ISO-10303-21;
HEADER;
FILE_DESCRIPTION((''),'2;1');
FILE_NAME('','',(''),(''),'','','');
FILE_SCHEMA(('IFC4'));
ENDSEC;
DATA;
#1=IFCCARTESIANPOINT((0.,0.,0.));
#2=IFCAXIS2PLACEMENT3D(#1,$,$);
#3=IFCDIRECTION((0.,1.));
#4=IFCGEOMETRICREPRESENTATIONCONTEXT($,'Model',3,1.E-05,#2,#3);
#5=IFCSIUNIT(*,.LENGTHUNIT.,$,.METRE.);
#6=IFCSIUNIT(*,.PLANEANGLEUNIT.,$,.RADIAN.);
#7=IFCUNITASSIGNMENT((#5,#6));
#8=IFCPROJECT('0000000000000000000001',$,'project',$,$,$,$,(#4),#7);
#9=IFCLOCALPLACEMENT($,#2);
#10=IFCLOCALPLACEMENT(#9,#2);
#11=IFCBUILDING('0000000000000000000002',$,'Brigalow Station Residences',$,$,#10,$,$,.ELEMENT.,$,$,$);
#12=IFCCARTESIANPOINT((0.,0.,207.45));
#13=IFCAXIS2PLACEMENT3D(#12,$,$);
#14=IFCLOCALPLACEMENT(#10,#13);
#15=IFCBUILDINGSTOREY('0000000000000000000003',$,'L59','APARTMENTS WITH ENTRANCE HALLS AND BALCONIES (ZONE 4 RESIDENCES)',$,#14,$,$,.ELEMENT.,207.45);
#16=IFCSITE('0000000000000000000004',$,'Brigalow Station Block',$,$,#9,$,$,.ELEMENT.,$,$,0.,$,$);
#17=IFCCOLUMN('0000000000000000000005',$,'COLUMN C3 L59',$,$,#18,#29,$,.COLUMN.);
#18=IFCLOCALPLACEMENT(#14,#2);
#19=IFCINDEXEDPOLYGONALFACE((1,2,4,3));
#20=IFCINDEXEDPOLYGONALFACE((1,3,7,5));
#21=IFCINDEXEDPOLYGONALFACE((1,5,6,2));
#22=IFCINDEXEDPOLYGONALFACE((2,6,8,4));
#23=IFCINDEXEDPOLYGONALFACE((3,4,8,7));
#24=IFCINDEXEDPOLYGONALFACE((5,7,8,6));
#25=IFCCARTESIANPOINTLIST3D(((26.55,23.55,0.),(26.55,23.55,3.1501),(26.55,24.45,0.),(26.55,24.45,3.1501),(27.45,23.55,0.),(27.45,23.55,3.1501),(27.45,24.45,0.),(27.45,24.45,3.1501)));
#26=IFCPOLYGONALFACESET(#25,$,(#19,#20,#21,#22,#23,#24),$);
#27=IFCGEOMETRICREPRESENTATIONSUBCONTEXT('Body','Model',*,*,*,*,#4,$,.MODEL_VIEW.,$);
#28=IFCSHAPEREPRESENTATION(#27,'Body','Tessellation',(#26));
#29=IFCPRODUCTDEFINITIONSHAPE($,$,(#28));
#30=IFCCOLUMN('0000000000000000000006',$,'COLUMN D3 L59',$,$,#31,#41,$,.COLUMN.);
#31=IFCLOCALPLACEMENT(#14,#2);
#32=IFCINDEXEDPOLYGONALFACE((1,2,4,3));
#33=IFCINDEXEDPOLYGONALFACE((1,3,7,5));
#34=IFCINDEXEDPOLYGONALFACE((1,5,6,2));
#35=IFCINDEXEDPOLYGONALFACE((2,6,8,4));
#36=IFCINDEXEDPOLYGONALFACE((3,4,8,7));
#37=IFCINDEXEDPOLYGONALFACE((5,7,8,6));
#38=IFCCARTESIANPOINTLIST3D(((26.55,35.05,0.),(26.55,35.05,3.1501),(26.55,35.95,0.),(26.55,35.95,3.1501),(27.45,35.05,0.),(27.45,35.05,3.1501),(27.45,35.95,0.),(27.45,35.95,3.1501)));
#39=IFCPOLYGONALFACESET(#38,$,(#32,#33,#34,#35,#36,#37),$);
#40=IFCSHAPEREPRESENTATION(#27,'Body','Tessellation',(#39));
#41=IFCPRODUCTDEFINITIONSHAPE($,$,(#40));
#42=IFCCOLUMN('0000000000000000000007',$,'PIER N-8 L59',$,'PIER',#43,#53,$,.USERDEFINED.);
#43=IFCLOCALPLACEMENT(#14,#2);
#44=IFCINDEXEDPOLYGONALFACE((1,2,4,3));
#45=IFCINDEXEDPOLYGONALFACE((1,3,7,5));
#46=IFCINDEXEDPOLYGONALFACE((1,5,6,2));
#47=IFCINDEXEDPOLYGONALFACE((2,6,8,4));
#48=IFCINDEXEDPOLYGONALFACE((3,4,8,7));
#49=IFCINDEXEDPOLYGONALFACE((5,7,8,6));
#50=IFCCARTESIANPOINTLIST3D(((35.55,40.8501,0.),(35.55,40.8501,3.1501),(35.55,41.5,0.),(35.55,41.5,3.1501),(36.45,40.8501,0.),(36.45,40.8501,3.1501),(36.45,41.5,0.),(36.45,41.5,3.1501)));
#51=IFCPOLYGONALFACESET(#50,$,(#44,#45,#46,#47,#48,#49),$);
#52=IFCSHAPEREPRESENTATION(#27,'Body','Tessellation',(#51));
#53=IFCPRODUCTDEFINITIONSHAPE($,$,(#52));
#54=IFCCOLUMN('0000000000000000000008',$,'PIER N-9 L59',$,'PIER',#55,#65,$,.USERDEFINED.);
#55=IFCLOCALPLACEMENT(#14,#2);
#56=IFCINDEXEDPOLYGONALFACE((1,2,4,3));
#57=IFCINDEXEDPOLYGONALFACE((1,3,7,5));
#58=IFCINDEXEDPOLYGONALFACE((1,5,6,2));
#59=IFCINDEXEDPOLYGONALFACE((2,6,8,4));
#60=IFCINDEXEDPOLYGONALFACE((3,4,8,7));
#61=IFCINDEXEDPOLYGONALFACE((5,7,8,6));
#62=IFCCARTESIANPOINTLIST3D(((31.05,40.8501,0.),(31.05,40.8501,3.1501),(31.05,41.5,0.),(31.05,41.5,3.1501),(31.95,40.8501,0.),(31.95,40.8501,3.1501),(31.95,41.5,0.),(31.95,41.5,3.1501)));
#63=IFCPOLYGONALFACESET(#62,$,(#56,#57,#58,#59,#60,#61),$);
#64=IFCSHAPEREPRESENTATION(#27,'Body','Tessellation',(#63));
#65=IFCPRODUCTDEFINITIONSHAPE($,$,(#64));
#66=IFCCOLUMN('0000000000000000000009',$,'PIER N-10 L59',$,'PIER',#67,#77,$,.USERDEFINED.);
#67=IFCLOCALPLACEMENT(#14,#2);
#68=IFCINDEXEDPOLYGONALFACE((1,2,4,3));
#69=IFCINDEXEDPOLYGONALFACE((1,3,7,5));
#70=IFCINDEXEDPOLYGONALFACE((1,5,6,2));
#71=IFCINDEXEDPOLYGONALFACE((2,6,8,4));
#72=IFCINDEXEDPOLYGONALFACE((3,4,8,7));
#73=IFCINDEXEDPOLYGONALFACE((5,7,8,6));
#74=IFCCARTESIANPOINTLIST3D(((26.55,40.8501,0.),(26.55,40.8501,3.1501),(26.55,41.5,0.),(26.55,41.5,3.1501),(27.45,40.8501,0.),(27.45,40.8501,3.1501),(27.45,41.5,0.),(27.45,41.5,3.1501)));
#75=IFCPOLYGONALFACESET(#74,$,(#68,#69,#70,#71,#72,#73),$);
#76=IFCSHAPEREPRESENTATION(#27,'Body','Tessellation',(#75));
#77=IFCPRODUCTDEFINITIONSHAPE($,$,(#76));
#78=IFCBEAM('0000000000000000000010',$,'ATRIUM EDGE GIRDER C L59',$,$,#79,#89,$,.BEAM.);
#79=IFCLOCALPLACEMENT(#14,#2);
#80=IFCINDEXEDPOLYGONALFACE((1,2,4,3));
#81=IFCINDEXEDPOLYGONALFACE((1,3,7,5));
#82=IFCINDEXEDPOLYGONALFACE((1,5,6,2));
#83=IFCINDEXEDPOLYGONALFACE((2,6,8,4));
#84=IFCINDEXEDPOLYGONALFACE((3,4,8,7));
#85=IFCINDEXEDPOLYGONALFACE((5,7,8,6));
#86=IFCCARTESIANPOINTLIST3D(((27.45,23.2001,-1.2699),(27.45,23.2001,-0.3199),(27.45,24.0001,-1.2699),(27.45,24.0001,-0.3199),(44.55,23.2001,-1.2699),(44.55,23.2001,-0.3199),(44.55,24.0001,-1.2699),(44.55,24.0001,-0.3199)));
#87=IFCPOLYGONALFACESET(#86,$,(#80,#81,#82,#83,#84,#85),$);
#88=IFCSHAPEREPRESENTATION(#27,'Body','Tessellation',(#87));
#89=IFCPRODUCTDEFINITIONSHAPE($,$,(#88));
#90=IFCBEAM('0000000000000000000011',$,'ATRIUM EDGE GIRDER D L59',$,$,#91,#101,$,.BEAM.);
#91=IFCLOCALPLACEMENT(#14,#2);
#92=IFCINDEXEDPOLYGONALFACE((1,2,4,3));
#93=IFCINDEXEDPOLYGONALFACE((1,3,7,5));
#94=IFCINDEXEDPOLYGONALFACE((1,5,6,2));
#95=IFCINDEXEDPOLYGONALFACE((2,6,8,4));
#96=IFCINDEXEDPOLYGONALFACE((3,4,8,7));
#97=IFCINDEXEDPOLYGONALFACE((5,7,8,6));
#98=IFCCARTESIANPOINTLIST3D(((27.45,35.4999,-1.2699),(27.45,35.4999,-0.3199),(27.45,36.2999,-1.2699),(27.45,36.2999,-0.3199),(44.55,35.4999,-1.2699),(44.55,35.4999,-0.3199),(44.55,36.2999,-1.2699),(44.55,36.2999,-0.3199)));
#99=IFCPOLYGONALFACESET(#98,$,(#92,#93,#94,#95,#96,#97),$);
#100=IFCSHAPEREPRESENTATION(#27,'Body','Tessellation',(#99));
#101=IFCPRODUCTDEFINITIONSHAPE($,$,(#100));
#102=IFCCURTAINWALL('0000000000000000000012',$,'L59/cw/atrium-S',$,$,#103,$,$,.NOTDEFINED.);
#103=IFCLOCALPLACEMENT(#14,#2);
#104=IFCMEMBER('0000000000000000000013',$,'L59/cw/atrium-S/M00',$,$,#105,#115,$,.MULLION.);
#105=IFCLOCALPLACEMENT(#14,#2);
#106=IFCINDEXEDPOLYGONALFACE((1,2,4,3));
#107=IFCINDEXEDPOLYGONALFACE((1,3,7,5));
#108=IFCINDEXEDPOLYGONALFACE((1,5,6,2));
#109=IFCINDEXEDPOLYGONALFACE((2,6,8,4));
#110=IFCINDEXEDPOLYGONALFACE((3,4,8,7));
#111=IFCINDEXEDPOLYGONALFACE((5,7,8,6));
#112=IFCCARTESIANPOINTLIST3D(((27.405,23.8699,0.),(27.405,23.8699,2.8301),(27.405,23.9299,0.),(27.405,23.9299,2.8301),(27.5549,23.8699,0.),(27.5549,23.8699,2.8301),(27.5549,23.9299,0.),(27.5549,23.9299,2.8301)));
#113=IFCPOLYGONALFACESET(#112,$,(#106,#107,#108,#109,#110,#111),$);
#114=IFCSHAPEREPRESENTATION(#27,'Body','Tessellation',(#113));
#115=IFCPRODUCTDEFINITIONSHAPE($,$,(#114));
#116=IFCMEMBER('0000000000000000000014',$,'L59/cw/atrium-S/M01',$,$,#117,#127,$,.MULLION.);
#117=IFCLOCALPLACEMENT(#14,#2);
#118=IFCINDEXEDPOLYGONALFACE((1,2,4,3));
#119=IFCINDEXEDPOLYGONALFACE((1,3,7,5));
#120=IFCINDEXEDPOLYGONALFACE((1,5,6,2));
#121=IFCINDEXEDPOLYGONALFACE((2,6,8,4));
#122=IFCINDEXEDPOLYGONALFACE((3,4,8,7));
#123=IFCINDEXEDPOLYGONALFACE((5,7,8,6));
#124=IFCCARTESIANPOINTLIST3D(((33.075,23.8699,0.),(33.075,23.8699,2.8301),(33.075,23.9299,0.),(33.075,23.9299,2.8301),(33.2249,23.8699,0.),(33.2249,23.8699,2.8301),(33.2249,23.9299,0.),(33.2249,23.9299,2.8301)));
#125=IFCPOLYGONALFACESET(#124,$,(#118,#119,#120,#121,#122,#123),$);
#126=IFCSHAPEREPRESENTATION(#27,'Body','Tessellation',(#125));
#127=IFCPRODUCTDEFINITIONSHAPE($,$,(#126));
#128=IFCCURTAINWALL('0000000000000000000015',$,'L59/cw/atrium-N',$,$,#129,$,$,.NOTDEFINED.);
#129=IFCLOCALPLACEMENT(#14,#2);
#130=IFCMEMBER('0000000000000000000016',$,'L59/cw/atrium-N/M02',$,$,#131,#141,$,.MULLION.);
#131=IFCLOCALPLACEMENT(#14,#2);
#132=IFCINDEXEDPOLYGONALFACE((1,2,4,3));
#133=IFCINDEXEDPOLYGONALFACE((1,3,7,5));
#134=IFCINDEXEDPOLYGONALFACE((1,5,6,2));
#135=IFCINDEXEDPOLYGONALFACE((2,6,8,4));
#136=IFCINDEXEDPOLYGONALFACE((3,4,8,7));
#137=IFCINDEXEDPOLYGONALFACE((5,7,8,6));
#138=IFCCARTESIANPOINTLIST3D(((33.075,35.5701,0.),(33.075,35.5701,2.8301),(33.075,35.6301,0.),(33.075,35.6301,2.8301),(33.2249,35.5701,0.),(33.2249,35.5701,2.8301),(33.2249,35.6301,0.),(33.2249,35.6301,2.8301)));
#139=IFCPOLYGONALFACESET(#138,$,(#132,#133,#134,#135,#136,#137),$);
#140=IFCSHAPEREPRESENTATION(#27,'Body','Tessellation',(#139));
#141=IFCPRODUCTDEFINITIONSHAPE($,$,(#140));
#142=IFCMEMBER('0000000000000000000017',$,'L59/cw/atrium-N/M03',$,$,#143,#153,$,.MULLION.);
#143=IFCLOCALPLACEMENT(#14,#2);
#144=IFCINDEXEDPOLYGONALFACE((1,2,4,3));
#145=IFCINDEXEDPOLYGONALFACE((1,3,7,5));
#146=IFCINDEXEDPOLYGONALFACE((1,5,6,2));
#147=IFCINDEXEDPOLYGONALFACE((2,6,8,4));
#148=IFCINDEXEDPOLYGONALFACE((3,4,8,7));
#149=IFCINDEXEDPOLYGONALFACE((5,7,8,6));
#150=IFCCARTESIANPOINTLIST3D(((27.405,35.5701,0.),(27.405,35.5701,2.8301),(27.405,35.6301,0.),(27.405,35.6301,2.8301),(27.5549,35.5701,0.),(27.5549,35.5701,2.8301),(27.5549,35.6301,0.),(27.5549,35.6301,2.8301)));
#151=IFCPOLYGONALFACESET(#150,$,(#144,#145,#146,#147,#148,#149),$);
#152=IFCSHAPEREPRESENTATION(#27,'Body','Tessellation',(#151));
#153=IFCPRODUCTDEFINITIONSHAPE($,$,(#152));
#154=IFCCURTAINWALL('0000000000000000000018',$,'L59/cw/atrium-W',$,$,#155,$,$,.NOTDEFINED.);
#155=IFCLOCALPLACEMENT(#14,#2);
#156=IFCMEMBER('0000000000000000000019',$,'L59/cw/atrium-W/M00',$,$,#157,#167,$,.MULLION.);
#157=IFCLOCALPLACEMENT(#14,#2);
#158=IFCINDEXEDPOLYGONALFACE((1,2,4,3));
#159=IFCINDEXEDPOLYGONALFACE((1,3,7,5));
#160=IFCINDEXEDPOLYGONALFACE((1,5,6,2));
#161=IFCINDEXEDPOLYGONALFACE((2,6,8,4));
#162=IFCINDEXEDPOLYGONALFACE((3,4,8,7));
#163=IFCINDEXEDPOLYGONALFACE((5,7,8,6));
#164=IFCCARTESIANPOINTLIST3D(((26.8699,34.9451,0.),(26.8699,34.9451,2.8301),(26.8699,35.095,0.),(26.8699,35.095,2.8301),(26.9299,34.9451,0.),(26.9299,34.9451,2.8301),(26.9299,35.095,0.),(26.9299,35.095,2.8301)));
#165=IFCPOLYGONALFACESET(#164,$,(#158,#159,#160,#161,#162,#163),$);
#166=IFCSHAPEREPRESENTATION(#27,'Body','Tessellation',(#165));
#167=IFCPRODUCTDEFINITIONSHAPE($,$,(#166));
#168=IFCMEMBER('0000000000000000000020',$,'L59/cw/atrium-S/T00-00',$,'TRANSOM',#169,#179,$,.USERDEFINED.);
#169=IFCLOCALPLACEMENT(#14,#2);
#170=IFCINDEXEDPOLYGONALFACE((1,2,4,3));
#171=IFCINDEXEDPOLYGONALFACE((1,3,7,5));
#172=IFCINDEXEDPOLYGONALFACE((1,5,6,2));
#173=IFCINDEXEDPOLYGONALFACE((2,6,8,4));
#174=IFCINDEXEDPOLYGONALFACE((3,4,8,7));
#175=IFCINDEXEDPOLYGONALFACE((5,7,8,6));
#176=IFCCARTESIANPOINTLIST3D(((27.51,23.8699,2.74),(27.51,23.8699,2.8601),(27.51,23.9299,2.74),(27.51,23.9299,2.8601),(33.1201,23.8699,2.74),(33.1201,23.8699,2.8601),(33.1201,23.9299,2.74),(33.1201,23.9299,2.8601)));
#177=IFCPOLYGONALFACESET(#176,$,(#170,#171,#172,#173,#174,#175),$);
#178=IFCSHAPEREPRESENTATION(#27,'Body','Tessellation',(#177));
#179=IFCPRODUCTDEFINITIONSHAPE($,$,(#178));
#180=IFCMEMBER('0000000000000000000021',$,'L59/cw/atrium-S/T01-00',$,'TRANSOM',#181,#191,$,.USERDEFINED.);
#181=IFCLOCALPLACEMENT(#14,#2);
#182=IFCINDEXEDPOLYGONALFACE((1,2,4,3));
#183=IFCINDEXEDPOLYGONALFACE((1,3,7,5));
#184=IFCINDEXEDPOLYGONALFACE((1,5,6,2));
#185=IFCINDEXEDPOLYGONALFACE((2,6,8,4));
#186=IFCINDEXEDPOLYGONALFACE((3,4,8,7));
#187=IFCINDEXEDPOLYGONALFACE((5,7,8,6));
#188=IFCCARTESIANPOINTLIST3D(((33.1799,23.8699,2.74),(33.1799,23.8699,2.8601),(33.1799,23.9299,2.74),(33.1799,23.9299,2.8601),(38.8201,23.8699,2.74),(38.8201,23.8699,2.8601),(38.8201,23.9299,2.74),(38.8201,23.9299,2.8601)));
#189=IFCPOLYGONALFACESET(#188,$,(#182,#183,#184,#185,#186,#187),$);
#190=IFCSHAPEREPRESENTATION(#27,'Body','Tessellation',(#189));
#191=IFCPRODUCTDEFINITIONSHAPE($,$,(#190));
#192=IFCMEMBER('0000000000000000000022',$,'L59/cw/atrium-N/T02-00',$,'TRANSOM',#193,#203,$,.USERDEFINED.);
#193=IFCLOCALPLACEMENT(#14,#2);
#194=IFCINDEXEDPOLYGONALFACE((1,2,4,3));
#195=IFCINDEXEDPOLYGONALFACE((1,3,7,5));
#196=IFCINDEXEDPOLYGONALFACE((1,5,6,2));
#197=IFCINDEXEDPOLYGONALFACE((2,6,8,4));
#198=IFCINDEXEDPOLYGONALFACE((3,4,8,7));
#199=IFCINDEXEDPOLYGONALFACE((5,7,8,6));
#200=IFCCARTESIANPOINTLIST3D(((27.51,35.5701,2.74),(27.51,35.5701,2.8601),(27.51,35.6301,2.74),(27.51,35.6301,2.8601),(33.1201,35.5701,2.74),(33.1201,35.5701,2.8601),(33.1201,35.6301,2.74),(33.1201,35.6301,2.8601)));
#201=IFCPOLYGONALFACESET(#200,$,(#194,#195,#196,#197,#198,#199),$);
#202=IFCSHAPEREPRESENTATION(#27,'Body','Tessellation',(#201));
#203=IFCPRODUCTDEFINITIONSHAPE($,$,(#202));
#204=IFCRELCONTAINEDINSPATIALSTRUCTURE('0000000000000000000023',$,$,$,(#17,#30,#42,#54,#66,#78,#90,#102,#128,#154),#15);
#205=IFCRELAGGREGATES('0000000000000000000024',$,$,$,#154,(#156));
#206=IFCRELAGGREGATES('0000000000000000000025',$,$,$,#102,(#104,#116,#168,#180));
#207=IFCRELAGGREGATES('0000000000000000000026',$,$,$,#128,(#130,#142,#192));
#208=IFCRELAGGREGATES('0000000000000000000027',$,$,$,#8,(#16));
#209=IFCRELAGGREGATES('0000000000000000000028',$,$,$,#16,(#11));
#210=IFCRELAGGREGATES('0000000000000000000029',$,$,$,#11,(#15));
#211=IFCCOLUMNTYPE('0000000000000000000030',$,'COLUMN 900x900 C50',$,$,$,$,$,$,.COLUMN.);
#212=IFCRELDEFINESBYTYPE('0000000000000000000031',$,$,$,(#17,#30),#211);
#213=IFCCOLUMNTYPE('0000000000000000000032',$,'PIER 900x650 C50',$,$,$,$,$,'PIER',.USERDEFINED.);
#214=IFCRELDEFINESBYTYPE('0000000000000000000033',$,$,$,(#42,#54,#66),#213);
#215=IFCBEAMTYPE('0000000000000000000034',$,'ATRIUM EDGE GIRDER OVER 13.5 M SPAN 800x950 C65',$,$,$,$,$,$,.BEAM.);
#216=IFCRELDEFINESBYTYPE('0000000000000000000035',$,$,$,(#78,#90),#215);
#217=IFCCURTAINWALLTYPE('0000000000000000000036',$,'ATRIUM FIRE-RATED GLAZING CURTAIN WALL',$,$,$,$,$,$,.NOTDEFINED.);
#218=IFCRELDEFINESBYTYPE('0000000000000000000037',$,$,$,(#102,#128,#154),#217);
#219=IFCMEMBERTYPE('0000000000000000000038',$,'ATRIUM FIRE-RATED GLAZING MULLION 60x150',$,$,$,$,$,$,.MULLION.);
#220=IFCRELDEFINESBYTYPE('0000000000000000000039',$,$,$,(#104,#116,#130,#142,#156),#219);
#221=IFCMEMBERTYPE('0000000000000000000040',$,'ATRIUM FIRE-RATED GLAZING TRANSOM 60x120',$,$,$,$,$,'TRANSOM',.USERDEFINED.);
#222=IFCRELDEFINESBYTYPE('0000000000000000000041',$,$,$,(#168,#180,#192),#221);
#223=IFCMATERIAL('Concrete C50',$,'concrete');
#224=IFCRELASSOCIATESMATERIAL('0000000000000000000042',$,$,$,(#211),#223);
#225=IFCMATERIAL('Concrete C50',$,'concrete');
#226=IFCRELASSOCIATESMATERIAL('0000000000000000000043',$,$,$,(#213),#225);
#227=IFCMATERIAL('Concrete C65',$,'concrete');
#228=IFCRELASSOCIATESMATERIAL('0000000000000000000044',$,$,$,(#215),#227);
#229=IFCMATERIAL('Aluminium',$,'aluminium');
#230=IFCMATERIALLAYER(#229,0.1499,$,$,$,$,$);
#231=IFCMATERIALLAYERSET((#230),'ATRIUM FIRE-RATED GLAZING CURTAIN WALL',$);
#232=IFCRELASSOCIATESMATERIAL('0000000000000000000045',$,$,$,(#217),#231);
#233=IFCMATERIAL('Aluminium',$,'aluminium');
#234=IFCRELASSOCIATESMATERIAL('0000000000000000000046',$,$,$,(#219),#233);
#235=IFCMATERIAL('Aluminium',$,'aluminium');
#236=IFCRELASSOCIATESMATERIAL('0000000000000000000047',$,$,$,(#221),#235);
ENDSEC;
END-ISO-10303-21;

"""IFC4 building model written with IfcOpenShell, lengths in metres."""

from ifc_helpers import new_model, si_unit, direction, frame, origin, origin_2d, place, context, subcontext, project, spatial, rectangle, extrude, material, layer, layer_set, material_profile, profile_set, type_object, element, aggregate, save


model = new_model("IFC4")

# Units and contexts
model_context = context("Model", 3, precision=1e-05, world=origin(), true_north=direction((0.0, 1.0)))
body_context = subcontext(model_context, "Body", "Model", "MODEL_VIEW")
ifc_project = project(units=[si_unit("LENGTHUNIT", "METRE"), si_unit("PLANEANGLEUNIT", "RADIAN")], contexts=[model_context])

# Site, building, storey
site_placement = place(None, origin())
site = spatial("IfcSite", under=ifc_project, at=site_placement, Name="Brigalow Station Block", CompositionType="ELEMENT", RefElevation=0.0)
building_placement = place(site_placement, origin())
building = spatial("IfcBuilding", under=site, at=building_placement, Name="Brigalow Station Residences", CompositionType="ELEMENT")
storey_placement = place(building_placement, frame((0.0, 0.0, 207.45)))
storey = spatial("IfcBuildingStorey", under=building, at=storey_placement, Name="L59", Description="APARTMENTS WITH ENTRANCE HALLS AND BALCONIES (ZONE 4 RESIDENCES)", CompositionType="ELEMENT", Elevation=207.45)

# Columns
ifc_material_1 = material(Name="Concrete C50", Category="concrete")
ifc_material_profile_1 = material_profile(ifc_material_1, rectangle(XDim=0.8999, YDim=0.8999, at=origin_2d()), Name="RC900x900")
ifc_profile_set_1 = profile_set([ifc_material_profile_1], Name="Concrete C50")
column_type_1 = type_object("IfcColumnType", Name="COLUMN 900x900 C50", PredefinedType="COLUMN", material=ifc_profile_set_1)
for number, where, z_axis, x_axis, name in (
    (1, (27.0, 24.0, 0.0), (0.0, 0.0, 1.0), (1.0, 0.0, 0.0), "COLUMN C3 L59"),
    (2, (27.0, 35.5, 0.0), (0.0, 0.0, 1.0), (1.0, 0.0, 0.0), "COLUMN D3 L59"),
):
    element("IfcColumn", number, at=place(storey_placement, frame(where, z_axis=z_axis, x_axis=x_axis)), inside=storey, type_object=column_type_1, Name=name, PredefinedType="COLUMN", context=body_context, shape_type="SweptSolid", body=[
        extrude(rectangle(XDim=0.8999, YDim=0.8999, at=origin_2d()), origin(), (0.0, 0.0, 1.0), 3.1501),
    ])
ifc_material_2 = material(Name="Concrete C50", Category="concrete")
ifc_material_profile_2 = material_profile(ifc_material_2, rectangle(XDim=0.8999, YDim=0.6499, at=origin_2d()), Name="RC900x650")
ifc_profile_set_2 = profile_set([ifc_material_profile_2], Name="Concrete C50")
column_type_2 = type_object("IfcColumnType", Name="PIER 900x650 C50", ElementType="PIER", PredefinedType="USERDEFINED", material=ifc_profile_set_2)
for number, where, z_axis, x_axis, name in (
    (3, (36.0, 41.175, 0.0), (0.0, 0.0, 1.0), (-1.0, 0.0, 0.0), "PIER N-8 L59"),
    (4, (31.5, 41.175, 0.0), (0.0, 0.0, 1.0), (-1.0, 0.0, 0.0), "PIER N-9 L59"),
    (5, (27.0, 41.175, 0.0), (0.0, 0.0, 1.0), (-1.0, 0.0, 0.0), "PIER N-10 L59"),
):
    element("IfcColumn", number, at=place(storey_placement, frame(where, z_axis=z_axis, x_axis=x_axis)), inside=storey, type_object=column_type_2, Name=name, ObjectType="PIER", PredefinedType="USERDEFINED", context=body_context, shape_type="SweptSolid", body=[
        extrude(rectangle(XDim=0.8999, YDim=0.6499, at=origin_2d()), origin(), (0.0, 0.0, 1.0), 3.1501),
    ])

# Beams
ifc_material_3 = material(Name="Concrete C65", Category="concrete")
ifc_material_profile_3 = material_profile(ifc_material_3, rectangle(XDim=0.8, YDim=0.95, at=origin_2d()), Name="RC800x950")
ifc_profile_set_3 = profile_set([ifc_material_profile_3], Name="Concrete C65")
beam_type = type_object("IfcBeamType", Name="ATRIUM EDGE GIRDER OVER 13.5 M SPAN 800x950 C65", PredefinedType="BEAM", material=ifc_profile_set_3)
for number, where, z_axis, x_axis, name in (
    (6, (27.45, 23.6001, -0.7949), (1.0, 0.0, 0.0), (0.0, 1.0, 0.0), "ATRIUM EDGE GIRDER C L59"),
    (7, (27.45, 35.8999, -0.7949), (1.0, 0.0, 0.0), (0.0, 1.0, 0.0), "ATRIUM EDGE GIRDER D L59"),
):
    element("IfcBeam", number, at=place(storey_placement, frame(where, z_axis=z_axis, x_axis=x_axis)), inside=storey, type_object=beam_type, Name=name, PredefinedType="BEAM", context=body_context, shape_type="SweptSolid", body=[
        extrude(rectangle(XDim=0.8, YDim=0.95, at=origin_2d()), origin(), (0.0, 0.0, 1.0), 17.1001),
    ])

# Curtain walls, members
ifc_material_4 = material(Name="Aluminium", Category="aluminium")
ifc_layer_1 = layer(ifc_material_4, 0.1499)
ifc_layer_set_1 = layer_set([ifc_layer_1], Name="ATRIUM FIRE-RATED GLAZING CURTAIN WALL")
curtain_wall_type = type_object("IfcCurtainWallType", Name="ATRIUM FIRE-RATED GLAZING CURTAIN WALL", PredefinedType="NOTDEFINED", material=ifc_layer_set_1)
curtain_wall_1_placement = place(storey_placement, origin())
curtain_wall_1 = element("IfcCurtainWall", 8, at=curtain_wall_1_placement, inside=storey, type_object=curtain_wall_type, Name="L59/cw/atrium-S", PredefinedType="NOTDEFINED")
ifc_material_5 = material(Name="Aluminium", Category="aluminium")
ifc_material_profile_4 = material_profile(ifc_material_5, rectangle(XDim=0.0601, YDim=0.1499, at=origin_2d()), Name="ATRIUM FIRE-RATED GLAZING MULLION 60x150")
ifc_profile_set_4 = profile_set([ifc_material_profile_4], Name="Aluminium")
member_type_1 = type_object("IfcMemberType", Name="ATRIUM FIRE-RATED GLAZING MULLION 60x150", PredefinedType="MULLION", material=ifc_profile_set_4)
member_1_placement = place(storey_placement, frame((27.48, 23.8999, 0.0), z_axis=(0.0, 0.0, 1.0), x_axis=(0.0, 1.0, 0.0)))
member_1 = element("IfcMember", 9, at=member_1_placement, type_object=member_type_1, Name="L59/cw/atrium-S/M00", PredefinedType="MULLION", context=body_context, shape_type="SweptSolid", body=[
    extrude(rectangle(XDim=0.0601, YDim=0.1499, at=origin_2d()), origin(), (0.0, 0.0, 1.0), 2.8301),
])
member_2_placement = place(storey_placement, frame((33.1499, 23.8999, 0.0), z_axis=(0.0, 0.0, 1.0), x_axis=(0.0, 1.0, 0.0)))
member_2 = element("IfcMember", 10, at=member_2_placement, type_object=member_type_1, Name="L59/cw/atrium-S/M01", PredefinedType="MULLION", context=body_context, shape_type="SweptSolid", body=[
    extrude(rectangle(XDim=0.0601, YDim=0.1499, at=origin_2d()), origin(), (0.0, 0.0, 1.0), 2.8301),
])
curtain_wall_2_placement = place(storey_placement, origin())
curtain_wall_2 = element("IfcCurtainWall", 11, at=curtain_wall_2_placement, inside=storey, type_object=curtain_wall_type, Name="L59/cw/atrium-N", PredefinedType="NOTDEFINED")
member_3_placement = place(storey_placement, frame((33.1499, 35.6001, 0.0), z_axis=(0.0, 0.0, 1.0), x_axis=(0.0, -1.0, 0.0)))
member_3 = element("IfcMember", 12, at=member_3_placement, type_object=member_type_1, Name="L59/cw/atrium-N/M02", PredefinedType="MULLION", context=body_context, shape_type="SweptSolid", body=[
    extrude(rectangle(XDim=0.0601, YDim=0.1499, at=origin_2d()), origin(), (0.0, 0.0, 1.0), 2.8301),
])
member_4_placement = place(storey_placement, frame((27.48, 35.6001, 0.0), z_axis=(0.0, 0.0, 1.0), x_axis=(0.0, -1.0, 0.0)))
member_4 = element("IfcMember", 13, at=member_4_placement, type_object=member_type_1, Name="L59/cw/atrium-N/M03", PredefinedType="MULLION", context=body_context, shape_type="SweptSolid", body=[
    extrude(rectangle(XDim=0.0601, YDim=0.1499, at=origin_2d()), origin(), (0.0, 0.0, 1.0), 2.8301),
])

# Curtain wall, member
curtain_wall_3_placement = place(storey_placement, origin())
curtain_wall_3 = element("IfcCurtainWall", 14, at=curtain_wall_3_placement, inside=storey, type_object=curtain_wall_type, Name="L59/cw/atrium-W", PredefinedType="NOTDEFINED")
member_5_placement = place(storey_placement, frame((26.8999, 35.02, 0.0), z_axis=(0.0, 0.0, 1.0), x_axis=(1.0, 0.0, 0.0)))
member_5 = element("IfcMember", 15, at=member_5_placement, type_object=member_type_1, Name="L59/cw/atrium-W/M00", PredefinedType="MULLION", context=body_context, shape_type="SweptSolid", body=[
    extrude(rectangle(XDim=0.0601, YDim=0.1499, at=origin_2d()), origin(), (0.0, 0.0, 1.0), 2.8301),
])
aggregate(curtain_wall_3, [member_5])

# Members
ifc_material_6 = material(Name="Aluminium", Category="aluminium")
ifc_material_profile_5 = material_profile(ifc_material_6, rectangle(XDim=0.0601, YDim=0.1201, at=origin_2d()), Name="ATRIUM FIRE-RATED GLAZING TRANSOM 60x120")
ifc_profile_set_5 = profile_set([ifc_material_profile_5], Name="Aluminium")
member_type_2 = type_object("IfcMemberType", Name="ATRIUM FIRE-RATED GLAZING TRANSOM 60x120", ElementType="TRANSOM", PredefinedType="USERDEFINED", material=ifc_profile_set_5)
member_6_placement = place(storey_placement, frame((27.51, 23.8999, 2.8), z_axis=(1.0, 0.0, 0.0), x_axis=(0.0, 1.0, 0.0)))
member_6 = element("IfcMember", 16, at=member_6_placement, type_object=member_type_2, Name="L59/cw/atrium-S/T00-00", ObjectType="TRANSOM", PredefinedType="USERDEFINED", context=body_context, shape_type="SweptSolid", body=[
    extrude(rectangle(XDim=0.0601, YDim=0.1201, at=origin_2d()), origin(), (0.0, 0.0, 1.0), 5.6101),
])
member_7_placement = place(storey_placement, frame((33.1799, 23.8999, 2.8), z_axis=(1.0, 0.0, 0.0), x_axis=(0.0, 1.0, 0.0)))
member_7 = element("IfcMember", 17, at=member_7_placement, type_object=member_type_2, Name="L59/cw/atrium-S/T01-00", ObjectType="TRANSOM", PredefinedType="USERDEFINED", context=body_context, shape_type="SweptSolid", body=[
    extrude(rectangle(XDim=0.0601, YDim=0.1201, at=origin_2d()), origin(), (0.0, 0.0, 1.0), 5.6401),
])
member_8_placement = place(storey_placement, frame((33.1201, 35.6001, 2.8), z_axis=(-1.0, 0.0, 0.0), x_axis=(0.0, -1.0, 0.0)))
member_8 = element("IfcMember", 18, at=member_8_placement, type_object=member_type_2, Name="L59/cw/atrium-N/T02-00", ObjectType="TRANSOM", PredefinedType="USERDEFINED", context=body_context, shape_type="SweptSolid", body=[
    extrude(rectangle(XDim=0.0601, YDim=0.1201, at=origin_2d()), origin(), (0.0, 0.0, 1.0), 5.6101),
])

aggregate(curtain_wall_1, [member_1, member_2, member_6, member_7])
aggregate(curtain_wall_2, [member_3, member_4, member_8])

save(model, "model.ifc")
